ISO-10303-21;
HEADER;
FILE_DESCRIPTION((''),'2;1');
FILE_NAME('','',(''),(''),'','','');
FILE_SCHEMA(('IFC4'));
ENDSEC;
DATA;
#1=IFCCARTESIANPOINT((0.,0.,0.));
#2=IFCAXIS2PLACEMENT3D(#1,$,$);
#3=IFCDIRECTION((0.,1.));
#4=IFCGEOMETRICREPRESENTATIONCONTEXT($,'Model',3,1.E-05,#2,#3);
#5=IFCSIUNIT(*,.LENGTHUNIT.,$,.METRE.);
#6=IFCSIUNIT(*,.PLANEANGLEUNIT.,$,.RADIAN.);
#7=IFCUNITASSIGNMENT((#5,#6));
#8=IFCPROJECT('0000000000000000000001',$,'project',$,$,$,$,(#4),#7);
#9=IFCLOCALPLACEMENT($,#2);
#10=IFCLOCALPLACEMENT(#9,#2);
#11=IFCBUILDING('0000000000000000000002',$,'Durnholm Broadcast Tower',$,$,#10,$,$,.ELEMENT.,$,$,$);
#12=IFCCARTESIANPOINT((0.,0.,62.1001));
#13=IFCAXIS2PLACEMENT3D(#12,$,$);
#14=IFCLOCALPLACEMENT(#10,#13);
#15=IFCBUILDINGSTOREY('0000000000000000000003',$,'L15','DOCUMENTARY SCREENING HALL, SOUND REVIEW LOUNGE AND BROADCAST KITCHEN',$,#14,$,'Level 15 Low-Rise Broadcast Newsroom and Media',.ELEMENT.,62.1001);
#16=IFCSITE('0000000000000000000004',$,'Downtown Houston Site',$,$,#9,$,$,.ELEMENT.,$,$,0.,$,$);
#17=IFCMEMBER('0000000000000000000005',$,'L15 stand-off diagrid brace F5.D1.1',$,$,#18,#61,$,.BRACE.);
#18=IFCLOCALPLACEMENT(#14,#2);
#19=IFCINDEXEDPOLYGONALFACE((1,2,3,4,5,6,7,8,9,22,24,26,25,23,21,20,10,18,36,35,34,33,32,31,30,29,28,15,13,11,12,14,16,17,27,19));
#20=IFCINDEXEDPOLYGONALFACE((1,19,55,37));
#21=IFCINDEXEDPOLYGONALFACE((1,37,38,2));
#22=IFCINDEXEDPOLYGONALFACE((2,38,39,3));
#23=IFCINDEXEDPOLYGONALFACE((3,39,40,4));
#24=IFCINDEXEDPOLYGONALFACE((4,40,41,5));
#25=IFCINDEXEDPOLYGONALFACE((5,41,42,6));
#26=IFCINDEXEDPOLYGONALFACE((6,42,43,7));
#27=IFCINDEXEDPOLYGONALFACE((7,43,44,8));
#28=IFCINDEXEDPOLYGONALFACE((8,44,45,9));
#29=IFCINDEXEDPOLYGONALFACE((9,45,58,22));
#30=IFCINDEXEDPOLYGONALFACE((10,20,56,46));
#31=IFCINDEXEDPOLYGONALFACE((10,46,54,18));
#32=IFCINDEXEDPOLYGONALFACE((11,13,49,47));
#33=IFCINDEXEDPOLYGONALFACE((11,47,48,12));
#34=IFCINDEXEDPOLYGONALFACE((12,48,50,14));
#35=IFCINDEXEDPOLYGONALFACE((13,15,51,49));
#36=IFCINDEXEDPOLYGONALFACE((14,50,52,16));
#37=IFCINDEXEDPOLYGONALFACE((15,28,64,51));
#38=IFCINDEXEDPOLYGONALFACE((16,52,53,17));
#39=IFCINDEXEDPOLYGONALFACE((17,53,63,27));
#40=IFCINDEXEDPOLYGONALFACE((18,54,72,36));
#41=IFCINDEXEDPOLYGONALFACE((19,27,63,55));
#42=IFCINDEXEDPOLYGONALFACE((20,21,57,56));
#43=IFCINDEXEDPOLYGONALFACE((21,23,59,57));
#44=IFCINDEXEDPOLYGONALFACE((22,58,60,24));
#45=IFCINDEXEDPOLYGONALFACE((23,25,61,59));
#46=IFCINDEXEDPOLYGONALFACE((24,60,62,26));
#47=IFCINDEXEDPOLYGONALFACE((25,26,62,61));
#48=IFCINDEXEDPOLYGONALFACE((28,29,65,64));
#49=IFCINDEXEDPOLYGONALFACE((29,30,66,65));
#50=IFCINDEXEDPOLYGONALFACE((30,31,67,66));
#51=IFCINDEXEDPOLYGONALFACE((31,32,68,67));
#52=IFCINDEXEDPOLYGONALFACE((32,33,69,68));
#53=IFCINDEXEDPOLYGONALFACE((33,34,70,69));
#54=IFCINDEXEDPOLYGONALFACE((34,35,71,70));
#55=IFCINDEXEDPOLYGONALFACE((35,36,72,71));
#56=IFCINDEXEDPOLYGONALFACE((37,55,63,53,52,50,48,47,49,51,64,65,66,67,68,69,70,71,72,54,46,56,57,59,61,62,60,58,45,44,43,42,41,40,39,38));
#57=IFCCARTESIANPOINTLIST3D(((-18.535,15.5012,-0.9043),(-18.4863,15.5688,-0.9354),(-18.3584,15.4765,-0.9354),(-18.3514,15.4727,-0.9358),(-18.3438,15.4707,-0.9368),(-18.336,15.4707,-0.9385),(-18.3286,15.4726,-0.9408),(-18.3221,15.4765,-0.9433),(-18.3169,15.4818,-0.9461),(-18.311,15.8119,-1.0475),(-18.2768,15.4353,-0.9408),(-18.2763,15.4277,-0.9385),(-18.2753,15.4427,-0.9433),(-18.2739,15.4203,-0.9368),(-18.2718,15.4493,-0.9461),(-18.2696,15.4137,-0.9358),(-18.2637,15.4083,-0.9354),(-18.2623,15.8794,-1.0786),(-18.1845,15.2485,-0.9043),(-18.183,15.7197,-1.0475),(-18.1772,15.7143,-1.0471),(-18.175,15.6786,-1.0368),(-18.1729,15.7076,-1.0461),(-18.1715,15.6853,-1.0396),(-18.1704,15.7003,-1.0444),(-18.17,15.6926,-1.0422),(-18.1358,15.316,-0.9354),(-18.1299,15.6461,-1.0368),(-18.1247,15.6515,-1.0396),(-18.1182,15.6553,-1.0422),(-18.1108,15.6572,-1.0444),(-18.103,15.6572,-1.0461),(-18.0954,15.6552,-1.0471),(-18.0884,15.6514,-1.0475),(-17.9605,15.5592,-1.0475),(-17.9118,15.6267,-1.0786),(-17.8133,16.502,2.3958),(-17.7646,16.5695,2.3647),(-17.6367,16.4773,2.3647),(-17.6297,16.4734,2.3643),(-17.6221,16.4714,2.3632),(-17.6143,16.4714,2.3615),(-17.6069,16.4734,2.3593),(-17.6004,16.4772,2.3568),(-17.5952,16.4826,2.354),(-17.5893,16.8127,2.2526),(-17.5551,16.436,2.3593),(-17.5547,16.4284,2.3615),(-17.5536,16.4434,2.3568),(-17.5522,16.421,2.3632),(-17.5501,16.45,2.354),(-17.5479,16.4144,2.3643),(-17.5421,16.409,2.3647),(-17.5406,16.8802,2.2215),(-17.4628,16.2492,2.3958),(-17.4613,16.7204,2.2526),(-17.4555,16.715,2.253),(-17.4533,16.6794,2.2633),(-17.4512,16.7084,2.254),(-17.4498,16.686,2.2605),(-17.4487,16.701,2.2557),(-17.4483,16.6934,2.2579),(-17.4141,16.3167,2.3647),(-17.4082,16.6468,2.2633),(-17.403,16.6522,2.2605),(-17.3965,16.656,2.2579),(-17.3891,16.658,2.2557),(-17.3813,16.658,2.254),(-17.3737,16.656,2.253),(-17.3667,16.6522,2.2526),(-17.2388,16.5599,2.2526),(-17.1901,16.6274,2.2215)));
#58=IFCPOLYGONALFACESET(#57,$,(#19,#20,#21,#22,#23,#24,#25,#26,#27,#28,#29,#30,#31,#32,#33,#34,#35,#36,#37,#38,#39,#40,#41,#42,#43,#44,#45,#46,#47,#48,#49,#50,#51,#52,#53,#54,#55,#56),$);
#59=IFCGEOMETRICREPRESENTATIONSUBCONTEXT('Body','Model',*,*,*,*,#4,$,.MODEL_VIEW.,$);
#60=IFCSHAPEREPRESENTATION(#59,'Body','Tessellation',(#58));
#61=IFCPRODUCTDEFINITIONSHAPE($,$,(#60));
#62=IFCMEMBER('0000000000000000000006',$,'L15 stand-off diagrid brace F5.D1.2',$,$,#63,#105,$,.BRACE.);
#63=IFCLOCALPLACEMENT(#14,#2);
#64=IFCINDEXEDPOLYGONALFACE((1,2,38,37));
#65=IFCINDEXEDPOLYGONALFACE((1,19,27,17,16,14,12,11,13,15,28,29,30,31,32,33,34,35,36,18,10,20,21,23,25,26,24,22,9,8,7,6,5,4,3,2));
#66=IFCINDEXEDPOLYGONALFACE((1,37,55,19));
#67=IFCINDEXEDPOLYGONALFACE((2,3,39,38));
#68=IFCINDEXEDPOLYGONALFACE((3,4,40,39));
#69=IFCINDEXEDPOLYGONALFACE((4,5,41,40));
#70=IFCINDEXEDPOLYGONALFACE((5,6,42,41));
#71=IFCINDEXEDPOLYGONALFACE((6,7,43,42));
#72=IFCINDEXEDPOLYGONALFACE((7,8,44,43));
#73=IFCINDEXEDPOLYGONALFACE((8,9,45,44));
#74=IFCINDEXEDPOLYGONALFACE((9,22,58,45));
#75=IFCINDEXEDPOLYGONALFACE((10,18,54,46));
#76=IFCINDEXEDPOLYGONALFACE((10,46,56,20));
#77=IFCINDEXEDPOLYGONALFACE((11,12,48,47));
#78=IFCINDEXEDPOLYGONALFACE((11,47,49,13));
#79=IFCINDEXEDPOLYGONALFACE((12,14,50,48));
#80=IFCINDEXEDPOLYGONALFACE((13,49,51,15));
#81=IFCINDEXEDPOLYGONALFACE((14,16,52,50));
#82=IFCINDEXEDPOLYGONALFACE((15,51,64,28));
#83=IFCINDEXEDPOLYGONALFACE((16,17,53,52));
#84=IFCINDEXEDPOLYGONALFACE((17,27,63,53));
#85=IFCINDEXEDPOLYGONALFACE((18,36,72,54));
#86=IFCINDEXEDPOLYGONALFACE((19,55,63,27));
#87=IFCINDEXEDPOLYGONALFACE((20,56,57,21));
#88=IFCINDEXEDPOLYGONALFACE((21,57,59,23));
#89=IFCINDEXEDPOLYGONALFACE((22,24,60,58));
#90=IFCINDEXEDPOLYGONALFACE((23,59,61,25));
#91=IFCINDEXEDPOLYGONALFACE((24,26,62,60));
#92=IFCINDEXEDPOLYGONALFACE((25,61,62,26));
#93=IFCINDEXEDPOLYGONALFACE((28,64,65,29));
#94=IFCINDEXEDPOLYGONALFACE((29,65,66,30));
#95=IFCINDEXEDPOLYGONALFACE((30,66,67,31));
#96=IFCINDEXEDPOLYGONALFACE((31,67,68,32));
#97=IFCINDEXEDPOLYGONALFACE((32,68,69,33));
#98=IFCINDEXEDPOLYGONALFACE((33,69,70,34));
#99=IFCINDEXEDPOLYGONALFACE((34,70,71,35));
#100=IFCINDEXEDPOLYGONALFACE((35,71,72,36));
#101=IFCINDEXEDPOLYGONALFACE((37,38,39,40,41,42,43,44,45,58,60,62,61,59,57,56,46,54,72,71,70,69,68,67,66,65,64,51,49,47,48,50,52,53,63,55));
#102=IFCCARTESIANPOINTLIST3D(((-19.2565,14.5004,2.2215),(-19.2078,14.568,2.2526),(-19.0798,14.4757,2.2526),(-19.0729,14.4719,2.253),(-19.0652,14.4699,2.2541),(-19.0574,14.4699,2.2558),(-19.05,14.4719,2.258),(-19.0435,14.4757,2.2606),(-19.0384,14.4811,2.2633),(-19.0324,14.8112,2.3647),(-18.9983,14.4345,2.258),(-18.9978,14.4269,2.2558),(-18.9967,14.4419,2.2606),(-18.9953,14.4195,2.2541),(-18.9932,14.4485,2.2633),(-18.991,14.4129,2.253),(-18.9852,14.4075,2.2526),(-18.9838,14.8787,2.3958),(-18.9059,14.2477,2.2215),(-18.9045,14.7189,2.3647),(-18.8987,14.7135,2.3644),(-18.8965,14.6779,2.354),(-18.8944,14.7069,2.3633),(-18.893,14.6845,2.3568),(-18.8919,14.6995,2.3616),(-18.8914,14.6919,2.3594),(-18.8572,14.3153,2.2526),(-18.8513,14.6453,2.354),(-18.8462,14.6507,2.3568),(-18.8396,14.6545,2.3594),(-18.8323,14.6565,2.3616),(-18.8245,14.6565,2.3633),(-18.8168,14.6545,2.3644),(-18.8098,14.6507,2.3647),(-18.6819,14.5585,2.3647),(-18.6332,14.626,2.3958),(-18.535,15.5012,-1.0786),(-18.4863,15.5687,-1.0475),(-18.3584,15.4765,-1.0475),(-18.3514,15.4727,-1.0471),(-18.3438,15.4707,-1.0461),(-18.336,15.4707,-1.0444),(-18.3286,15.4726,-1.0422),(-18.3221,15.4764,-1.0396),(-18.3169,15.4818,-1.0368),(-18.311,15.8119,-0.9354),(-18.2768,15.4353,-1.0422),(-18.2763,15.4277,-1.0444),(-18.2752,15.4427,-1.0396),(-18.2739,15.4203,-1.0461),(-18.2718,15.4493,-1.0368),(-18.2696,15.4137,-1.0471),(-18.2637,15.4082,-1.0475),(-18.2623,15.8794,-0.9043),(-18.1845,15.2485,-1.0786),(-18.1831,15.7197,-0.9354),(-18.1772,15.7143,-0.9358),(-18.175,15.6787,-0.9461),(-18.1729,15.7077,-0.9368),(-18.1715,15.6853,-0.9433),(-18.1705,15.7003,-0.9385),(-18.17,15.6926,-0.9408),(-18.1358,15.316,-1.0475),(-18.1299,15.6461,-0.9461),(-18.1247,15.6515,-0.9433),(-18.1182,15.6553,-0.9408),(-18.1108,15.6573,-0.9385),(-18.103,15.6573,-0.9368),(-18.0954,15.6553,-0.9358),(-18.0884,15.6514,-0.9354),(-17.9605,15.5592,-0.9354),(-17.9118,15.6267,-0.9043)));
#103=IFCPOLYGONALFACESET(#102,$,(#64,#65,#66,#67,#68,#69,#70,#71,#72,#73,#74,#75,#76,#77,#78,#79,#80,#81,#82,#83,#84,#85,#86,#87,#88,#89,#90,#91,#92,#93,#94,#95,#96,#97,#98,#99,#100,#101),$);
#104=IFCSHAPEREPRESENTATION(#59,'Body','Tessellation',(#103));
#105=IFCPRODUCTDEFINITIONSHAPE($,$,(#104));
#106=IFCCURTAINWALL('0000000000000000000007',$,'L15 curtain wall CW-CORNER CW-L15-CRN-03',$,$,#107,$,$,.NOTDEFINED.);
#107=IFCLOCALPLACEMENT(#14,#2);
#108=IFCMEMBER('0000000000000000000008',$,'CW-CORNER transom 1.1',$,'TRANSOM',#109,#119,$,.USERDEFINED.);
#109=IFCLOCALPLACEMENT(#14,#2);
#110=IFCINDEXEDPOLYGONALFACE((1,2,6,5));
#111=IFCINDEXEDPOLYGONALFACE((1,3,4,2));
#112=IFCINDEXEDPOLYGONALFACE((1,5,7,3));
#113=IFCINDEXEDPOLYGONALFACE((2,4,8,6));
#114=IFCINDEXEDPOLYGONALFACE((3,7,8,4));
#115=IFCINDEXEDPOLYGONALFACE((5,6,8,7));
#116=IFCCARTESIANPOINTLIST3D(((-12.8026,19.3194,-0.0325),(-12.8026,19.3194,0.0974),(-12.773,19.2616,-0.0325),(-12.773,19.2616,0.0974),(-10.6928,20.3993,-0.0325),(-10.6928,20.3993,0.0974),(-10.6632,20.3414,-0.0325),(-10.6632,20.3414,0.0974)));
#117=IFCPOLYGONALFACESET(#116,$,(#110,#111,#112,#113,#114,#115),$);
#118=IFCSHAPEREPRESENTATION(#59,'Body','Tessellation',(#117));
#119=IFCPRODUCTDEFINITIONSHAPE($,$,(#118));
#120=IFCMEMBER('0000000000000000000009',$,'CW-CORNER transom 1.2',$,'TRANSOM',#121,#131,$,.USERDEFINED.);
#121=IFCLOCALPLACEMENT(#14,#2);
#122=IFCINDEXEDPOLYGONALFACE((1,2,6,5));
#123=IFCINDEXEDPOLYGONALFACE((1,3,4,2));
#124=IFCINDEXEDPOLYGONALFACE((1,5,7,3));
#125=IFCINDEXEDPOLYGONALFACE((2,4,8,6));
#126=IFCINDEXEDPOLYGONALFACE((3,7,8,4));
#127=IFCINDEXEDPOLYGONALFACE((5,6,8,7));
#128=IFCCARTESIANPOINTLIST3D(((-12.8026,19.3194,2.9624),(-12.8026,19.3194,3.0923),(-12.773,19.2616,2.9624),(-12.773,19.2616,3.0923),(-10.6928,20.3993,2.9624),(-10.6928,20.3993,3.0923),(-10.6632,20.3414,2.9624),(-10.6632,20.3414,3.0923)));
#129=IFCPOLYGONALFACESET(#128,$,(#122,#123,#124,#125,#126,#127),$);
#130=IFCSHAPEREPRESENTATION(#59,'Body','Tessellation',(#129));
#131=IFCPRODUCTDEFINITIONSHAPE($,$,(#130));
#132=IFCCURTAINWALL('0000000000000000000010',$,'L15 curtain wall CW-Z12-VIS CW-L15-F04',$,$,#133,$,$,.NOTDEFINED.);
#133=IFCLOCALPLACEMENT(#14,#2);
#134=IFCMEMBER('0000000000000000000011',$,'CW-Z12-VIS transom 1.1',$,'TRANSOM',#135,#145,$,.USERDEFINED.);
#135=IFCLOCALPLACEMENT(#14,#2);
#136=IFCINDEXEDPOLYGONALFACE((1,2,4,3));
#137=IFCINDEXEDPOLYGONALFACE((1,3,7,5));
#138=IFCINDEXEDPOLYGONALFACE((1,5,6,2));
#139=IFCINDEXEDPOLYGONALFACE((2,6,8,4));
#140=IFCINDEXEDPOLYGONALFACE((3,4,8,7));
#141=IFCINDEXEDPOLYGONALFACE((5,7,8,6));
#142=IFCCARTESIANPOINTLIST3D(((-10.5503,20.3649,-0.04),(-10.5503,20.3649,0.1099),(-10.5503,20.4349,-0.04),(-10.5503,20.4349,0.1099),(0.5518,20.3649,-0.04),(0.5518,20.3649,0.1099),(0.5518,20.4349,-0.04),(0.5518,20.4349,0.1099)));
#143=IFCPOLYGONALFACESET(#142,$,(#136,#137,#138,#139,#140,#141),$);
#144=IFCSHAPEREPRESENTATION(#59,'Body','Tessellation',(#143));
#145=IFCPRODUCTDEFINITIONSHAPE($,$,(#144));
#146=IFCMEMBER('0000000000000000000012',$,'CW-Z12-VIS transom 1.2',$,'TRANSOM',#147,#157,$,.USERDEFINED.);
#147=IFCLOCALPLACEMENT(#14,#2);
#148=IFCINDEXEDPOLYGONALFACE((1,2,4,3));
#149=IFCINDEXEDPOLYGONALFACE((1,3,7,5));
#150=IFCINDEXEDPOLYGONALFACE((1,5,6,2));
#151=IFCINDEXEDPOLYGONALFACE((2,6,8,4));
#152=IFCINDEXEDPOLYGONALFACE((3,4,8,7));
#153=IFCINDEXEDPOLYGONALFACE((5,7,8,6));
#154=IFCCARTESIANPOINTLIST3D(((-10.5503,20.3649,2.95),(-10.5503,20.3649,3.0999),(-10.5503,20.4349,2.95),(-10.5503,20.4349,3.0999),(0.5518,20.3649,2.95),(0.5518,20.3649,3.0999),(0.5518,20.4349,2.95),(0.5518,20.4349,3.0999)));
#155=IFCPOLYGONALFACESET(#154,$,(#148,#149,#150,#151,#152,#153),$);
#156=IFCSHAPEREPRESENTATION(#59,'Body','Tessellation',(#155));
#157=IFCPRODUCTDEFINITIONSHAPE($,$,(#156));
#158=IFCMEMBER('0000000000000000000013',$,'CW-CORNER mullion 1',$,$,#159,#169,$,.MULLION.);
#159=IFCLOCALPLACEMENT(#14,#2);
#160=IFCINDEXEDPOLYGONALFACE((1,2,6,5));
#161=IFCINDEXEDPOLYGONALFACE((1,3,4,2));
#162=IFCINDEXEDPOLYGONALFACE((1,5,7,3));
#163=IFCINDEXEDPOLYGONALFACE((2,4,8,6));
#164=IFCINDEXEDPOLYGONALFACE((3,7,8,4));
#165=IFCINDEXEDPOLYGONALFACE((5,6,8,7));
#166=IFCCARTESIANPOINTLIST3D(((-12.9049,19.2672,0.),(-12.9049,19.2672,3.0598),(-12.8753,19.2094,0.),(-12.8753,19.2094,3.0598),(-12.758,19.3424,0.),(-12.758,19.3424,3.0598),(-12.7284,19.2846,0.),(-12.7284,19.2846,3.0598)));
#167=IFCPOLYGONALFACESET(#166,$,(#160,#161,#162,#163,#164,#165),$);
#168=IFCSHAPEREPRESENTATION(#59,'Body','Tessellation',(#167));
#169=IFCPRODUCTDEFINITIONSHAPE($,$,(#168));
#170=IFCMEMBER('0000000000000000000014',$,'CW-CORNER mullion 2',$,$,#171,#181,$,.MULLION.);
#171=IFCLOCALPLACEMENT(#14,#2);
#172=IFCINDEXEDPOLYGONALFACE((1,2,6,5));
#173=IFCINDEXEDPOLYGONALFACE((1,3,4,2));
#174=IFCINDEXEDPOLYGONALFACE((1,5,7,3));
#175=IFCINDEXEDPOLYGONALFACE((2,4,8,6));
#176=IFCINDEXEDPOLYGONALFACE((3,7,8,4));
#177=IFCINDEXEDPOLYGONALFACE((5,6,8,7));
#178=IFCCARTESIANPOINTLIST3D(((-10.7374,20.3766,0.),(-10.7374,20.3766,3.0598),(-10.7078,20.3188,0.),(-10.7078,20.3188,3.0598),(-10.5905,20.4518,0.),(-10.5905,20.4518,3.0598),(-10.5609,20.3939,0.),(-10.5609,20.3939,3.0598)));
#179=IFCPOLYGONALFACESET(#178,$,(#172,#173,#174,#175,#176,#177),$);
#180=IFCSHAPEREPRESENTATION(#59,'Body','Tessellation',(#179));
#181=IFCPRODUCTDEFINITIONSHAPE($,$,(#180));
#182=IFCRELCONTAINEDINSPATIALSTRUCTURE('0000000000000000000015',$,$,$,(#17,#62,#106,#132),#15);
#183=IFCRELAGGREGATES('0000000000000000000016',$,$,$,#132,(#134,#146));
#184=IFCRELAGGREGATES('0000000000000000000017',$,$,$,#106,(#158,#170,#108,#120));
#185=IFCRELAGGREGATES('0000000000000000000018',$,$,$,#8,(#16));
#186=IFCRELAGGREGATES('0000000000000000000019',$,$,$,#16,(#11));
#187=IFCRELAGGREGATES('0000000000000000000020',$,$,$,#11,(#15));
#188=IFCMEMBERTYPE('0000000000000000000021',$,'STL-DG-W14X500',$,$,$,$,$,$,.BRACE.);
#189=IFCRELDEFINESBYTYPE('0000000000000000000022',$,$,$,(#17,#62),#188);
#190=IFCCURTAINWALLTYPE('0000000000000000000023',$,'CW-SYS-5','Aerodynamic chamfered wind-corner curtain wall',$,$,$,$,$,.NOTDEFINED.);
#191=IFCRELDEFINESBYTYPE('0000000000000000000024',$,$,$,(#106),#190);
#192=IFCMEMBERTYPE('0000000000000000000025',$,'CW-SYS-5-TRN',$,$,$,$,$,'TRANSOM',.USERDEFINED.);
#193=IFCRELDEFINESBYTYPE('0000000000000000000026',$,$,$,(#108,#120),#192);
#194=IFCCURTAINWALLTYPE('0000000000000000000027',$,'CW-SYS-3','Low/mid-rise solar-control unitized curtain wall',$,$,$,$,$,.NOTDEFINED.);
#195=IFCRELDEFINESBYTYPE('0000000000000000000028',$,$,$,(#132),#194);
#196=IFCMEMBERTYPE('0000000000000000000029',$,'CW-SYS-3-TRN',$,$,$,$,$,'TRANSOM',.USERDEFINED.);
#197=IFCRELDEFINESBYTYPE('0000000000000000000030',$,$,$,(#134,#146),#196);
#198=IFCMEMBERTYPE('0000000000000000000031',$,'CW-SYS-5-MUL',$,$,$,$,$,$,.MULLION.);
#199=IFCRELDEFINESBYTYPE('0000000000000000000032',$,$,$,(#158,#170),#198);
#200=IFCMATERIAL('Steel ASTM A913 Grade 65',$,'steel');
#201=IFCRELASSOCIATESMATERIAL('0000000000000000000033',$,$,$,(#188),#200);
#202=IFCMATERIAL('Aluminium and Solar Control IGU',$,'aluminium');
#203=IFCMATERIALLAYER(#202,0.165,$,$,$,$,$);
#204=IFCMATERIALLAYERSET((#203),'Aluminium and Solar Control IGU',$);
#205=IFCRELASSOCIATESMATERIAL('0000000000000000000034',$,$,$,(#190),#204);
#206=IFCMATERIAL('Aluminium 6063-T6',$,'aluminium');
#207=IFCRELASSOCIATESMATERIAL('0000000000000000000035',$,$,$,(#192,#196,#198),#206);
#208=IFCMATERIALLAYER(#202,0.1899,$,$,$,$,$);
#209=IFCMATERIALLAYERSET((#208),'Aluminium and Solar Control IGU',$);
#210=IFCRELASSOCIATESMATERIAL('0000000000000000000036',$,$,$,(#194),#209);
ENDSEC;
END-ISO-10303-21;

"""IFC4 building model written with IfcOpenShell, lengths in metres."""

from ifc_helpers import new_model, si_unit, direction, frame, origin, origin_2d, place, context, subcontext, project, spatial, rectangle, i_section, extrude, source, transform, mapped, material, layer, layer_set, material_profile, profile_set, type_object, type_shapes, element, aggregate, save


model = new_model("IFC4")

# Units and contexts
model_context = context("Model", 3, precision=1e-05, world=origin(), true_north=direction((0.0, 1.0)))
body_context = subcontext(model_context, "Body", "Model", "MODEL_VIEW")
ifc_project = project(units=[si_unit("LENGTHUNIT", "METRE"), si_unit("PLANEANGLEUNIT", "RADIAN")], contexts=[model_context])

# Site, building, storey
site_placement = place(None, origin())
site = spatial("IfcSite", under=ifc_project, at=site_placement, Name="Downtown Houston Site", CompositionType="ELEMENT", RefElevation=0.0)
building_placement = place(site_placement, origin())
building = spatial("IfcBuilding", under=site, at=building_placement, Name="Durnholm Broadcast Tower", CompositionType="ELEMENT")
storey_placement = place(building_placement, frame((0.0, 0.0, 62.1001)))
storey = spatial("IfcBuildingStorey", under=building, at=storey_placement, Name="L15", Description="DOCUMENTARY SCREENING HALL, SOUND REVIEW LOUNGE AND BROADCAST KITCHEN", LongName="Level 15 Low-Rise Broadcast Newsroom and Media", CompositionType="ELEMENT", Elevation=62.1001)

# Members
ifc_material_1 = material(Name="Steel ASTM A913 Grade 65", Category="steel")
ifc_material_profile_1 = material_profile(ifc_material_1, i_section(OverallWidth=0.4321, OverallDepth=0.4978, WebThickness=0.0557, FlangeThickness=0.0889, FilletRadius=0.0305, at=origin_2d()), Name="W14X500")
ifc_profile_set_1 = profile_set([ifc_material_profile_1], Name="Steel ASTM A913 Grade 65")
member_type_1 = type_object("IfcMemberType", Name="STL-DG-W14X500", PredefinedType="BRACE", material=ifc_profile_set_1)
shared_shape_1 = source(origin(), body_context, "Body", "SweptSolid", [
    extrude(i_section(OverallWidth=0.4321, OverallDepth=0.4978, WebThickness=0.0557, FlangeThickness=0.0889, FilletRadius=0.0305, at=origin_2d()), origin(), (0.0, 0.0, 1.0), 3.5232),
])
type_shapes(member_type_1, [shared_shape_1])
for number, where, z_axis, x_axis, name in (
    (1, (-18.2234, 15.564, -0.9915), (0.204839, 0.284045, 0.936675), (-0.811091, 0.58492, 0.0), "L15 stand-off diagrid brace F5.D1.1"),
    (2, (-18.2234, 15.564, -0.9915), (-0.204773, -0.284049, 0.936688), (0.811185, -0.584789, 0.0), "L15 stand-off diagrid brace F5.D1.2"),
):
    element("IfcMember", number, at=place(storey_placement, frame(where, z_axis=z_axis, x_axis=x_axis)), inside=storey, type_object=member_type_1, Name=name, PredefinedType="BRACE", context=body_context, shape_type="MappedRepresentation", body=[
        mapped(shared_shape_1, transform((0.0, 0.0, 0.0), x_axis=(1.0, 0.0, 0.0), y_axis=(0.0, 1.0, 0.0), z_axis=(0.0, 0.0, 1.0), scale=1.0)),
    ])

# Curtain walls, members
ifc_material_2 = material(Name="Aluminium and Solar Control IGU", Category="aluminium")
ifc_layer_1 = layer(ifc_material_2, 0.165)
ifc_layer_set_1 = layer_set([ifc_layer_1], Name="Aluminium and Solar Control IGU")
curtain_wall_type_1 = type_object("IfcCurtainWallType", Name="CW-SYS-5", Description="Aerodynamic chamfered wind-corner curtain wall", PredefinedType="NOTDEFINED", material=ifc_layer_set_1)
curtain_wall_1_placement = place(storey_placement, origin())
curtain_wall_1 = element("IfcCurtainWall", 3, at=curtain_wall_1_placement, inside=storey, type_object=curtain_wall_type_1, Name="L15 curtain wall CW-CORNER CW-L15-CRN-03", PredefinedType="NOTDEFINED")
ifc_material_3 = material(Name="Aluminium 6063-T6", Category="aluminium")
ifc_material_profile_2 = material_profile(ifc_material_3, rectangle(XDim=0.0649, YDim=0.1299, at=origin_2d()), Name="CWT65X130")
ifc_profile_set_2 = profile_set([ifc_material_profile_2], Name="Aluminium 6063-T6")
member_type_2 = type_object("IfcMemberType", Name="CW-SYS-5-TRN", ElementType="TRANSOM", PredefinedType="USERDEFINED", material=ifc_profile_set_2)
shared_shape_2 = source(origin(), body_context, "Body", "SweptSolid", [
    extrude(rectangle(XDim=0.0649, YDim=0.1299, at=origin_2d()), origin(), (0.0, 0.0, 1.0), 2.3701),
])
type_shapes(member_type_2, [shared_shape_2])
member_1_placement = place(storey_placement, frame((-12.7878, 19.2905, 0.0325), z_axis=(0.890185, 0.455599, 0.0), x_axis=(-0.455599, 0.890185, 0.0)))
member_1 = element("IfcMember", 4, at=member_1_placement, type_object=member_type_2, Name="CW-CORNER transom 1.1", ObjectType="TRANSOM", PredefinedType="USERDEFINED", context=body_context, shape_type="MappedRepresentation", body=[
    mapped(shared_shape_2, transform((0.0, 0.0, 0.0), x_axis=(1.0, 0.0, 0.0), y_axis=(0.0, 1.0, 0.0), z_axis=(0.0, 0.0, 1.0), scale=1.0)),
])
member_2_placement = place(storey_placement, frame((-12.7878, 19.2905, 3.0273), z_axis=(0.890185, 0.455599, 0.0), x_axis=(-0.455599, 0.890185, 0.0)))
member_2 = element("IfcMember", 5, at=member_2_placement, type_object=member_type_2, Name="CW-CORNER transom 1.2", ObjectType="TRANSOM", PredefinedType="USERDEFINED", context=body_context, shape_type="MappedRepresentation", body=[
    mapped(shared_shape_2, transform((0.0, 0.0, 0.0), x_axis=(1.0, 0.0, 0.0), y_axis=(0.0, 1.0, 0.0), z_axis=(0.0, 0.0, 1.0), scale=1.0)),
])
ifc_layer_2 = layer(ifc_material_2, 0.1899)
ifc_layer_set_2 = layer_set([ifc_layer_2], Name="Aluminium and Solar Control IGU")
curtain_wall_type_2 = type_object("IfcCurtainWallType", Name="CW-SYS-3", Description="Low/mid-rise solar-control unitized curtain wall", PredefinedType="NOTDEFINED", material=ifc_layer_set_2)
curtain_wall_2_placement = place(storey_placement, origin())
curtain_wall_2 = element("IfcCurtainWall", 6, at=curtain_wall_2_placement, inside=storey, type_object=curtain_wall_type_2, Name="L15 curtain wall CW-Z12-VIS CW-L15-F04", PredefinedType="NOTDEFINED")
ifc_material_profile_3 = material_profile(ifc_material_3, rectangle(XDim=0.0701, YDim=0.1499, at=origin_2d()), Name="CWT70X150")
ifc_profile_set_3 = profile_set([ifc_material_profile_3], Name="Aluminium 6063-T6")
member_type_3 = type_object("IfcMemberType", Name="CW-SYS-3-TRN", ElementType="TRANSOM", PredefinedType="USERDEFINED", material=ifc_profile_set_3)
shared_shape_3 = source(origin(), body_context, "Body", "SweptSolid", [
    extrude(rectangle(XDim=0.0701, YDim=0.1499, at=origin_2d()), origin(), (0.0, 0.0, 1.0), 11.1021),
])
type_shapes(member_type_3, [shared_shape_3])
member_3_placement = place(storey_placement, frame((-10.5503, 20.3999, 0.0349), z_axis=(1.0, 0.0, 0.0), x_axis=(0.0, 1.0, 0.0)))
member_3 = element("IfcMember", 7, at=member_3_placement, type_object=member_type_3, Name="CW-Z12-VIS transom 1.1", ObjectType="TRANSOM", PredefinedType="USERDEFINED", context=body_context, shape_type="MappedRepresentation", body=[
    mapped(shared_shape_3, transform((0.0, 0.0, 0.0), x_axis=(1.0, 0.0, 0.0), y_axis=(0.0, 1.0, 0.0), z_axis=(0.0, 0.0, 1.0), scale=1.0)),
])
member_4_placement = place(storey_placement, frame((-10.5503, 20.3999, 3.0249), z_axis=(1.0, 0.0, 0.0), x_axis=(0.0, 1.0, 0.0)))
member_4 = element("IfcMember", 8, at=member_4_placement, type_object=member_type_3, Name="CW-Z12-VIS transom 1.2", ObjectType="TRANSOM", PredefinedType="USERDEFINED", context=body_context, shape_type="MappedRepresentation", body=[
    mapped(shared_shape_3, transform((0.0, 0.0, 0.0), x_axis=(1.0, 0.0, 0.0), y_axis=(0.0, 1.0, 0.0), z_axis=(0.0, 0.0, 1.0), scale=1.0)),
])

# Members
ifc_material_profile_4 = material_profile(ifc_material_3, rectangle(XDim=0.0649, YDim=0.165, at=origin_2d()), Name="CWM65X165")
ifc_profile_set_4 = profile_set([ifc_material_profile_4], Name="Aluminium 6063-T6")
member_type_4 = type_object("IfcMemberType", Name="CW-SYS-5-MUL", PredefinedType="MULLION", material=ifc_profile_set_4)
shared_shape_4 = source(origin(), body_context, "Body", "SweptSolid", [
    extrude(rectangle(XDim=0.0649, YDim=0.165, at=origin_2d()), origin(), (0.0, 0.0, 1.0), 3.0598),
])
type_shapes(member_type_4, [shared_shape_4])
member_5_placement = place(storey_placement, frame((-12.8167, 19.2759, 0.0), z_axis=(0.0, 0.0, 1.0), x_axis=(-0.455594, 0.890188, 0.0)))
member_5 = element("IfcMember", 9, at=member_5_placement, type_object=member_type_4, Name="CW-CORNER mullion 1", PredefinedType="MULLION", context=body_context, shape_type="MappedRepresentation", body=[
    mapped(shared_shape_4, transform((0.0, 0.0, 0.0), x_axis=(1.0, 0.0, 0.0), y_axis=(0.0, 1.0, 0.0), z_axis=(0.0, 0.0, 1.0), scale=1.0)),
])
member_6_placement = place(storey_placement, frame((-10.6492, 20.3853, 0.0), z_axis=(0.0, 0.0, 1.0), x_axis=(-0.455594, 0.890188, 0.0)))
member_6 = element("IfcMember", 10, at=member_6_placement, type_object=member_type_4, Name="CW-CORNER mullion 2", PredefinedType="MULLION", context=body_context, shape_type="MappedRepresentation", body=[
    mapped(shared_shape_4, transform((0.0, 0.0, 0.0), x_axis=(1.0, 0.0, 0.0), y_axis=(0.0, 1.0, 0.0), z_axis=(0.0, 0.0, 1.0), scale=1.0)),
])

aggregate(curtain_wall_2, [member_3, member_4])

aggregate(curtain_wall_1, [member_5, member_6, member_1, member_2])

save(model, "model.ifc")
